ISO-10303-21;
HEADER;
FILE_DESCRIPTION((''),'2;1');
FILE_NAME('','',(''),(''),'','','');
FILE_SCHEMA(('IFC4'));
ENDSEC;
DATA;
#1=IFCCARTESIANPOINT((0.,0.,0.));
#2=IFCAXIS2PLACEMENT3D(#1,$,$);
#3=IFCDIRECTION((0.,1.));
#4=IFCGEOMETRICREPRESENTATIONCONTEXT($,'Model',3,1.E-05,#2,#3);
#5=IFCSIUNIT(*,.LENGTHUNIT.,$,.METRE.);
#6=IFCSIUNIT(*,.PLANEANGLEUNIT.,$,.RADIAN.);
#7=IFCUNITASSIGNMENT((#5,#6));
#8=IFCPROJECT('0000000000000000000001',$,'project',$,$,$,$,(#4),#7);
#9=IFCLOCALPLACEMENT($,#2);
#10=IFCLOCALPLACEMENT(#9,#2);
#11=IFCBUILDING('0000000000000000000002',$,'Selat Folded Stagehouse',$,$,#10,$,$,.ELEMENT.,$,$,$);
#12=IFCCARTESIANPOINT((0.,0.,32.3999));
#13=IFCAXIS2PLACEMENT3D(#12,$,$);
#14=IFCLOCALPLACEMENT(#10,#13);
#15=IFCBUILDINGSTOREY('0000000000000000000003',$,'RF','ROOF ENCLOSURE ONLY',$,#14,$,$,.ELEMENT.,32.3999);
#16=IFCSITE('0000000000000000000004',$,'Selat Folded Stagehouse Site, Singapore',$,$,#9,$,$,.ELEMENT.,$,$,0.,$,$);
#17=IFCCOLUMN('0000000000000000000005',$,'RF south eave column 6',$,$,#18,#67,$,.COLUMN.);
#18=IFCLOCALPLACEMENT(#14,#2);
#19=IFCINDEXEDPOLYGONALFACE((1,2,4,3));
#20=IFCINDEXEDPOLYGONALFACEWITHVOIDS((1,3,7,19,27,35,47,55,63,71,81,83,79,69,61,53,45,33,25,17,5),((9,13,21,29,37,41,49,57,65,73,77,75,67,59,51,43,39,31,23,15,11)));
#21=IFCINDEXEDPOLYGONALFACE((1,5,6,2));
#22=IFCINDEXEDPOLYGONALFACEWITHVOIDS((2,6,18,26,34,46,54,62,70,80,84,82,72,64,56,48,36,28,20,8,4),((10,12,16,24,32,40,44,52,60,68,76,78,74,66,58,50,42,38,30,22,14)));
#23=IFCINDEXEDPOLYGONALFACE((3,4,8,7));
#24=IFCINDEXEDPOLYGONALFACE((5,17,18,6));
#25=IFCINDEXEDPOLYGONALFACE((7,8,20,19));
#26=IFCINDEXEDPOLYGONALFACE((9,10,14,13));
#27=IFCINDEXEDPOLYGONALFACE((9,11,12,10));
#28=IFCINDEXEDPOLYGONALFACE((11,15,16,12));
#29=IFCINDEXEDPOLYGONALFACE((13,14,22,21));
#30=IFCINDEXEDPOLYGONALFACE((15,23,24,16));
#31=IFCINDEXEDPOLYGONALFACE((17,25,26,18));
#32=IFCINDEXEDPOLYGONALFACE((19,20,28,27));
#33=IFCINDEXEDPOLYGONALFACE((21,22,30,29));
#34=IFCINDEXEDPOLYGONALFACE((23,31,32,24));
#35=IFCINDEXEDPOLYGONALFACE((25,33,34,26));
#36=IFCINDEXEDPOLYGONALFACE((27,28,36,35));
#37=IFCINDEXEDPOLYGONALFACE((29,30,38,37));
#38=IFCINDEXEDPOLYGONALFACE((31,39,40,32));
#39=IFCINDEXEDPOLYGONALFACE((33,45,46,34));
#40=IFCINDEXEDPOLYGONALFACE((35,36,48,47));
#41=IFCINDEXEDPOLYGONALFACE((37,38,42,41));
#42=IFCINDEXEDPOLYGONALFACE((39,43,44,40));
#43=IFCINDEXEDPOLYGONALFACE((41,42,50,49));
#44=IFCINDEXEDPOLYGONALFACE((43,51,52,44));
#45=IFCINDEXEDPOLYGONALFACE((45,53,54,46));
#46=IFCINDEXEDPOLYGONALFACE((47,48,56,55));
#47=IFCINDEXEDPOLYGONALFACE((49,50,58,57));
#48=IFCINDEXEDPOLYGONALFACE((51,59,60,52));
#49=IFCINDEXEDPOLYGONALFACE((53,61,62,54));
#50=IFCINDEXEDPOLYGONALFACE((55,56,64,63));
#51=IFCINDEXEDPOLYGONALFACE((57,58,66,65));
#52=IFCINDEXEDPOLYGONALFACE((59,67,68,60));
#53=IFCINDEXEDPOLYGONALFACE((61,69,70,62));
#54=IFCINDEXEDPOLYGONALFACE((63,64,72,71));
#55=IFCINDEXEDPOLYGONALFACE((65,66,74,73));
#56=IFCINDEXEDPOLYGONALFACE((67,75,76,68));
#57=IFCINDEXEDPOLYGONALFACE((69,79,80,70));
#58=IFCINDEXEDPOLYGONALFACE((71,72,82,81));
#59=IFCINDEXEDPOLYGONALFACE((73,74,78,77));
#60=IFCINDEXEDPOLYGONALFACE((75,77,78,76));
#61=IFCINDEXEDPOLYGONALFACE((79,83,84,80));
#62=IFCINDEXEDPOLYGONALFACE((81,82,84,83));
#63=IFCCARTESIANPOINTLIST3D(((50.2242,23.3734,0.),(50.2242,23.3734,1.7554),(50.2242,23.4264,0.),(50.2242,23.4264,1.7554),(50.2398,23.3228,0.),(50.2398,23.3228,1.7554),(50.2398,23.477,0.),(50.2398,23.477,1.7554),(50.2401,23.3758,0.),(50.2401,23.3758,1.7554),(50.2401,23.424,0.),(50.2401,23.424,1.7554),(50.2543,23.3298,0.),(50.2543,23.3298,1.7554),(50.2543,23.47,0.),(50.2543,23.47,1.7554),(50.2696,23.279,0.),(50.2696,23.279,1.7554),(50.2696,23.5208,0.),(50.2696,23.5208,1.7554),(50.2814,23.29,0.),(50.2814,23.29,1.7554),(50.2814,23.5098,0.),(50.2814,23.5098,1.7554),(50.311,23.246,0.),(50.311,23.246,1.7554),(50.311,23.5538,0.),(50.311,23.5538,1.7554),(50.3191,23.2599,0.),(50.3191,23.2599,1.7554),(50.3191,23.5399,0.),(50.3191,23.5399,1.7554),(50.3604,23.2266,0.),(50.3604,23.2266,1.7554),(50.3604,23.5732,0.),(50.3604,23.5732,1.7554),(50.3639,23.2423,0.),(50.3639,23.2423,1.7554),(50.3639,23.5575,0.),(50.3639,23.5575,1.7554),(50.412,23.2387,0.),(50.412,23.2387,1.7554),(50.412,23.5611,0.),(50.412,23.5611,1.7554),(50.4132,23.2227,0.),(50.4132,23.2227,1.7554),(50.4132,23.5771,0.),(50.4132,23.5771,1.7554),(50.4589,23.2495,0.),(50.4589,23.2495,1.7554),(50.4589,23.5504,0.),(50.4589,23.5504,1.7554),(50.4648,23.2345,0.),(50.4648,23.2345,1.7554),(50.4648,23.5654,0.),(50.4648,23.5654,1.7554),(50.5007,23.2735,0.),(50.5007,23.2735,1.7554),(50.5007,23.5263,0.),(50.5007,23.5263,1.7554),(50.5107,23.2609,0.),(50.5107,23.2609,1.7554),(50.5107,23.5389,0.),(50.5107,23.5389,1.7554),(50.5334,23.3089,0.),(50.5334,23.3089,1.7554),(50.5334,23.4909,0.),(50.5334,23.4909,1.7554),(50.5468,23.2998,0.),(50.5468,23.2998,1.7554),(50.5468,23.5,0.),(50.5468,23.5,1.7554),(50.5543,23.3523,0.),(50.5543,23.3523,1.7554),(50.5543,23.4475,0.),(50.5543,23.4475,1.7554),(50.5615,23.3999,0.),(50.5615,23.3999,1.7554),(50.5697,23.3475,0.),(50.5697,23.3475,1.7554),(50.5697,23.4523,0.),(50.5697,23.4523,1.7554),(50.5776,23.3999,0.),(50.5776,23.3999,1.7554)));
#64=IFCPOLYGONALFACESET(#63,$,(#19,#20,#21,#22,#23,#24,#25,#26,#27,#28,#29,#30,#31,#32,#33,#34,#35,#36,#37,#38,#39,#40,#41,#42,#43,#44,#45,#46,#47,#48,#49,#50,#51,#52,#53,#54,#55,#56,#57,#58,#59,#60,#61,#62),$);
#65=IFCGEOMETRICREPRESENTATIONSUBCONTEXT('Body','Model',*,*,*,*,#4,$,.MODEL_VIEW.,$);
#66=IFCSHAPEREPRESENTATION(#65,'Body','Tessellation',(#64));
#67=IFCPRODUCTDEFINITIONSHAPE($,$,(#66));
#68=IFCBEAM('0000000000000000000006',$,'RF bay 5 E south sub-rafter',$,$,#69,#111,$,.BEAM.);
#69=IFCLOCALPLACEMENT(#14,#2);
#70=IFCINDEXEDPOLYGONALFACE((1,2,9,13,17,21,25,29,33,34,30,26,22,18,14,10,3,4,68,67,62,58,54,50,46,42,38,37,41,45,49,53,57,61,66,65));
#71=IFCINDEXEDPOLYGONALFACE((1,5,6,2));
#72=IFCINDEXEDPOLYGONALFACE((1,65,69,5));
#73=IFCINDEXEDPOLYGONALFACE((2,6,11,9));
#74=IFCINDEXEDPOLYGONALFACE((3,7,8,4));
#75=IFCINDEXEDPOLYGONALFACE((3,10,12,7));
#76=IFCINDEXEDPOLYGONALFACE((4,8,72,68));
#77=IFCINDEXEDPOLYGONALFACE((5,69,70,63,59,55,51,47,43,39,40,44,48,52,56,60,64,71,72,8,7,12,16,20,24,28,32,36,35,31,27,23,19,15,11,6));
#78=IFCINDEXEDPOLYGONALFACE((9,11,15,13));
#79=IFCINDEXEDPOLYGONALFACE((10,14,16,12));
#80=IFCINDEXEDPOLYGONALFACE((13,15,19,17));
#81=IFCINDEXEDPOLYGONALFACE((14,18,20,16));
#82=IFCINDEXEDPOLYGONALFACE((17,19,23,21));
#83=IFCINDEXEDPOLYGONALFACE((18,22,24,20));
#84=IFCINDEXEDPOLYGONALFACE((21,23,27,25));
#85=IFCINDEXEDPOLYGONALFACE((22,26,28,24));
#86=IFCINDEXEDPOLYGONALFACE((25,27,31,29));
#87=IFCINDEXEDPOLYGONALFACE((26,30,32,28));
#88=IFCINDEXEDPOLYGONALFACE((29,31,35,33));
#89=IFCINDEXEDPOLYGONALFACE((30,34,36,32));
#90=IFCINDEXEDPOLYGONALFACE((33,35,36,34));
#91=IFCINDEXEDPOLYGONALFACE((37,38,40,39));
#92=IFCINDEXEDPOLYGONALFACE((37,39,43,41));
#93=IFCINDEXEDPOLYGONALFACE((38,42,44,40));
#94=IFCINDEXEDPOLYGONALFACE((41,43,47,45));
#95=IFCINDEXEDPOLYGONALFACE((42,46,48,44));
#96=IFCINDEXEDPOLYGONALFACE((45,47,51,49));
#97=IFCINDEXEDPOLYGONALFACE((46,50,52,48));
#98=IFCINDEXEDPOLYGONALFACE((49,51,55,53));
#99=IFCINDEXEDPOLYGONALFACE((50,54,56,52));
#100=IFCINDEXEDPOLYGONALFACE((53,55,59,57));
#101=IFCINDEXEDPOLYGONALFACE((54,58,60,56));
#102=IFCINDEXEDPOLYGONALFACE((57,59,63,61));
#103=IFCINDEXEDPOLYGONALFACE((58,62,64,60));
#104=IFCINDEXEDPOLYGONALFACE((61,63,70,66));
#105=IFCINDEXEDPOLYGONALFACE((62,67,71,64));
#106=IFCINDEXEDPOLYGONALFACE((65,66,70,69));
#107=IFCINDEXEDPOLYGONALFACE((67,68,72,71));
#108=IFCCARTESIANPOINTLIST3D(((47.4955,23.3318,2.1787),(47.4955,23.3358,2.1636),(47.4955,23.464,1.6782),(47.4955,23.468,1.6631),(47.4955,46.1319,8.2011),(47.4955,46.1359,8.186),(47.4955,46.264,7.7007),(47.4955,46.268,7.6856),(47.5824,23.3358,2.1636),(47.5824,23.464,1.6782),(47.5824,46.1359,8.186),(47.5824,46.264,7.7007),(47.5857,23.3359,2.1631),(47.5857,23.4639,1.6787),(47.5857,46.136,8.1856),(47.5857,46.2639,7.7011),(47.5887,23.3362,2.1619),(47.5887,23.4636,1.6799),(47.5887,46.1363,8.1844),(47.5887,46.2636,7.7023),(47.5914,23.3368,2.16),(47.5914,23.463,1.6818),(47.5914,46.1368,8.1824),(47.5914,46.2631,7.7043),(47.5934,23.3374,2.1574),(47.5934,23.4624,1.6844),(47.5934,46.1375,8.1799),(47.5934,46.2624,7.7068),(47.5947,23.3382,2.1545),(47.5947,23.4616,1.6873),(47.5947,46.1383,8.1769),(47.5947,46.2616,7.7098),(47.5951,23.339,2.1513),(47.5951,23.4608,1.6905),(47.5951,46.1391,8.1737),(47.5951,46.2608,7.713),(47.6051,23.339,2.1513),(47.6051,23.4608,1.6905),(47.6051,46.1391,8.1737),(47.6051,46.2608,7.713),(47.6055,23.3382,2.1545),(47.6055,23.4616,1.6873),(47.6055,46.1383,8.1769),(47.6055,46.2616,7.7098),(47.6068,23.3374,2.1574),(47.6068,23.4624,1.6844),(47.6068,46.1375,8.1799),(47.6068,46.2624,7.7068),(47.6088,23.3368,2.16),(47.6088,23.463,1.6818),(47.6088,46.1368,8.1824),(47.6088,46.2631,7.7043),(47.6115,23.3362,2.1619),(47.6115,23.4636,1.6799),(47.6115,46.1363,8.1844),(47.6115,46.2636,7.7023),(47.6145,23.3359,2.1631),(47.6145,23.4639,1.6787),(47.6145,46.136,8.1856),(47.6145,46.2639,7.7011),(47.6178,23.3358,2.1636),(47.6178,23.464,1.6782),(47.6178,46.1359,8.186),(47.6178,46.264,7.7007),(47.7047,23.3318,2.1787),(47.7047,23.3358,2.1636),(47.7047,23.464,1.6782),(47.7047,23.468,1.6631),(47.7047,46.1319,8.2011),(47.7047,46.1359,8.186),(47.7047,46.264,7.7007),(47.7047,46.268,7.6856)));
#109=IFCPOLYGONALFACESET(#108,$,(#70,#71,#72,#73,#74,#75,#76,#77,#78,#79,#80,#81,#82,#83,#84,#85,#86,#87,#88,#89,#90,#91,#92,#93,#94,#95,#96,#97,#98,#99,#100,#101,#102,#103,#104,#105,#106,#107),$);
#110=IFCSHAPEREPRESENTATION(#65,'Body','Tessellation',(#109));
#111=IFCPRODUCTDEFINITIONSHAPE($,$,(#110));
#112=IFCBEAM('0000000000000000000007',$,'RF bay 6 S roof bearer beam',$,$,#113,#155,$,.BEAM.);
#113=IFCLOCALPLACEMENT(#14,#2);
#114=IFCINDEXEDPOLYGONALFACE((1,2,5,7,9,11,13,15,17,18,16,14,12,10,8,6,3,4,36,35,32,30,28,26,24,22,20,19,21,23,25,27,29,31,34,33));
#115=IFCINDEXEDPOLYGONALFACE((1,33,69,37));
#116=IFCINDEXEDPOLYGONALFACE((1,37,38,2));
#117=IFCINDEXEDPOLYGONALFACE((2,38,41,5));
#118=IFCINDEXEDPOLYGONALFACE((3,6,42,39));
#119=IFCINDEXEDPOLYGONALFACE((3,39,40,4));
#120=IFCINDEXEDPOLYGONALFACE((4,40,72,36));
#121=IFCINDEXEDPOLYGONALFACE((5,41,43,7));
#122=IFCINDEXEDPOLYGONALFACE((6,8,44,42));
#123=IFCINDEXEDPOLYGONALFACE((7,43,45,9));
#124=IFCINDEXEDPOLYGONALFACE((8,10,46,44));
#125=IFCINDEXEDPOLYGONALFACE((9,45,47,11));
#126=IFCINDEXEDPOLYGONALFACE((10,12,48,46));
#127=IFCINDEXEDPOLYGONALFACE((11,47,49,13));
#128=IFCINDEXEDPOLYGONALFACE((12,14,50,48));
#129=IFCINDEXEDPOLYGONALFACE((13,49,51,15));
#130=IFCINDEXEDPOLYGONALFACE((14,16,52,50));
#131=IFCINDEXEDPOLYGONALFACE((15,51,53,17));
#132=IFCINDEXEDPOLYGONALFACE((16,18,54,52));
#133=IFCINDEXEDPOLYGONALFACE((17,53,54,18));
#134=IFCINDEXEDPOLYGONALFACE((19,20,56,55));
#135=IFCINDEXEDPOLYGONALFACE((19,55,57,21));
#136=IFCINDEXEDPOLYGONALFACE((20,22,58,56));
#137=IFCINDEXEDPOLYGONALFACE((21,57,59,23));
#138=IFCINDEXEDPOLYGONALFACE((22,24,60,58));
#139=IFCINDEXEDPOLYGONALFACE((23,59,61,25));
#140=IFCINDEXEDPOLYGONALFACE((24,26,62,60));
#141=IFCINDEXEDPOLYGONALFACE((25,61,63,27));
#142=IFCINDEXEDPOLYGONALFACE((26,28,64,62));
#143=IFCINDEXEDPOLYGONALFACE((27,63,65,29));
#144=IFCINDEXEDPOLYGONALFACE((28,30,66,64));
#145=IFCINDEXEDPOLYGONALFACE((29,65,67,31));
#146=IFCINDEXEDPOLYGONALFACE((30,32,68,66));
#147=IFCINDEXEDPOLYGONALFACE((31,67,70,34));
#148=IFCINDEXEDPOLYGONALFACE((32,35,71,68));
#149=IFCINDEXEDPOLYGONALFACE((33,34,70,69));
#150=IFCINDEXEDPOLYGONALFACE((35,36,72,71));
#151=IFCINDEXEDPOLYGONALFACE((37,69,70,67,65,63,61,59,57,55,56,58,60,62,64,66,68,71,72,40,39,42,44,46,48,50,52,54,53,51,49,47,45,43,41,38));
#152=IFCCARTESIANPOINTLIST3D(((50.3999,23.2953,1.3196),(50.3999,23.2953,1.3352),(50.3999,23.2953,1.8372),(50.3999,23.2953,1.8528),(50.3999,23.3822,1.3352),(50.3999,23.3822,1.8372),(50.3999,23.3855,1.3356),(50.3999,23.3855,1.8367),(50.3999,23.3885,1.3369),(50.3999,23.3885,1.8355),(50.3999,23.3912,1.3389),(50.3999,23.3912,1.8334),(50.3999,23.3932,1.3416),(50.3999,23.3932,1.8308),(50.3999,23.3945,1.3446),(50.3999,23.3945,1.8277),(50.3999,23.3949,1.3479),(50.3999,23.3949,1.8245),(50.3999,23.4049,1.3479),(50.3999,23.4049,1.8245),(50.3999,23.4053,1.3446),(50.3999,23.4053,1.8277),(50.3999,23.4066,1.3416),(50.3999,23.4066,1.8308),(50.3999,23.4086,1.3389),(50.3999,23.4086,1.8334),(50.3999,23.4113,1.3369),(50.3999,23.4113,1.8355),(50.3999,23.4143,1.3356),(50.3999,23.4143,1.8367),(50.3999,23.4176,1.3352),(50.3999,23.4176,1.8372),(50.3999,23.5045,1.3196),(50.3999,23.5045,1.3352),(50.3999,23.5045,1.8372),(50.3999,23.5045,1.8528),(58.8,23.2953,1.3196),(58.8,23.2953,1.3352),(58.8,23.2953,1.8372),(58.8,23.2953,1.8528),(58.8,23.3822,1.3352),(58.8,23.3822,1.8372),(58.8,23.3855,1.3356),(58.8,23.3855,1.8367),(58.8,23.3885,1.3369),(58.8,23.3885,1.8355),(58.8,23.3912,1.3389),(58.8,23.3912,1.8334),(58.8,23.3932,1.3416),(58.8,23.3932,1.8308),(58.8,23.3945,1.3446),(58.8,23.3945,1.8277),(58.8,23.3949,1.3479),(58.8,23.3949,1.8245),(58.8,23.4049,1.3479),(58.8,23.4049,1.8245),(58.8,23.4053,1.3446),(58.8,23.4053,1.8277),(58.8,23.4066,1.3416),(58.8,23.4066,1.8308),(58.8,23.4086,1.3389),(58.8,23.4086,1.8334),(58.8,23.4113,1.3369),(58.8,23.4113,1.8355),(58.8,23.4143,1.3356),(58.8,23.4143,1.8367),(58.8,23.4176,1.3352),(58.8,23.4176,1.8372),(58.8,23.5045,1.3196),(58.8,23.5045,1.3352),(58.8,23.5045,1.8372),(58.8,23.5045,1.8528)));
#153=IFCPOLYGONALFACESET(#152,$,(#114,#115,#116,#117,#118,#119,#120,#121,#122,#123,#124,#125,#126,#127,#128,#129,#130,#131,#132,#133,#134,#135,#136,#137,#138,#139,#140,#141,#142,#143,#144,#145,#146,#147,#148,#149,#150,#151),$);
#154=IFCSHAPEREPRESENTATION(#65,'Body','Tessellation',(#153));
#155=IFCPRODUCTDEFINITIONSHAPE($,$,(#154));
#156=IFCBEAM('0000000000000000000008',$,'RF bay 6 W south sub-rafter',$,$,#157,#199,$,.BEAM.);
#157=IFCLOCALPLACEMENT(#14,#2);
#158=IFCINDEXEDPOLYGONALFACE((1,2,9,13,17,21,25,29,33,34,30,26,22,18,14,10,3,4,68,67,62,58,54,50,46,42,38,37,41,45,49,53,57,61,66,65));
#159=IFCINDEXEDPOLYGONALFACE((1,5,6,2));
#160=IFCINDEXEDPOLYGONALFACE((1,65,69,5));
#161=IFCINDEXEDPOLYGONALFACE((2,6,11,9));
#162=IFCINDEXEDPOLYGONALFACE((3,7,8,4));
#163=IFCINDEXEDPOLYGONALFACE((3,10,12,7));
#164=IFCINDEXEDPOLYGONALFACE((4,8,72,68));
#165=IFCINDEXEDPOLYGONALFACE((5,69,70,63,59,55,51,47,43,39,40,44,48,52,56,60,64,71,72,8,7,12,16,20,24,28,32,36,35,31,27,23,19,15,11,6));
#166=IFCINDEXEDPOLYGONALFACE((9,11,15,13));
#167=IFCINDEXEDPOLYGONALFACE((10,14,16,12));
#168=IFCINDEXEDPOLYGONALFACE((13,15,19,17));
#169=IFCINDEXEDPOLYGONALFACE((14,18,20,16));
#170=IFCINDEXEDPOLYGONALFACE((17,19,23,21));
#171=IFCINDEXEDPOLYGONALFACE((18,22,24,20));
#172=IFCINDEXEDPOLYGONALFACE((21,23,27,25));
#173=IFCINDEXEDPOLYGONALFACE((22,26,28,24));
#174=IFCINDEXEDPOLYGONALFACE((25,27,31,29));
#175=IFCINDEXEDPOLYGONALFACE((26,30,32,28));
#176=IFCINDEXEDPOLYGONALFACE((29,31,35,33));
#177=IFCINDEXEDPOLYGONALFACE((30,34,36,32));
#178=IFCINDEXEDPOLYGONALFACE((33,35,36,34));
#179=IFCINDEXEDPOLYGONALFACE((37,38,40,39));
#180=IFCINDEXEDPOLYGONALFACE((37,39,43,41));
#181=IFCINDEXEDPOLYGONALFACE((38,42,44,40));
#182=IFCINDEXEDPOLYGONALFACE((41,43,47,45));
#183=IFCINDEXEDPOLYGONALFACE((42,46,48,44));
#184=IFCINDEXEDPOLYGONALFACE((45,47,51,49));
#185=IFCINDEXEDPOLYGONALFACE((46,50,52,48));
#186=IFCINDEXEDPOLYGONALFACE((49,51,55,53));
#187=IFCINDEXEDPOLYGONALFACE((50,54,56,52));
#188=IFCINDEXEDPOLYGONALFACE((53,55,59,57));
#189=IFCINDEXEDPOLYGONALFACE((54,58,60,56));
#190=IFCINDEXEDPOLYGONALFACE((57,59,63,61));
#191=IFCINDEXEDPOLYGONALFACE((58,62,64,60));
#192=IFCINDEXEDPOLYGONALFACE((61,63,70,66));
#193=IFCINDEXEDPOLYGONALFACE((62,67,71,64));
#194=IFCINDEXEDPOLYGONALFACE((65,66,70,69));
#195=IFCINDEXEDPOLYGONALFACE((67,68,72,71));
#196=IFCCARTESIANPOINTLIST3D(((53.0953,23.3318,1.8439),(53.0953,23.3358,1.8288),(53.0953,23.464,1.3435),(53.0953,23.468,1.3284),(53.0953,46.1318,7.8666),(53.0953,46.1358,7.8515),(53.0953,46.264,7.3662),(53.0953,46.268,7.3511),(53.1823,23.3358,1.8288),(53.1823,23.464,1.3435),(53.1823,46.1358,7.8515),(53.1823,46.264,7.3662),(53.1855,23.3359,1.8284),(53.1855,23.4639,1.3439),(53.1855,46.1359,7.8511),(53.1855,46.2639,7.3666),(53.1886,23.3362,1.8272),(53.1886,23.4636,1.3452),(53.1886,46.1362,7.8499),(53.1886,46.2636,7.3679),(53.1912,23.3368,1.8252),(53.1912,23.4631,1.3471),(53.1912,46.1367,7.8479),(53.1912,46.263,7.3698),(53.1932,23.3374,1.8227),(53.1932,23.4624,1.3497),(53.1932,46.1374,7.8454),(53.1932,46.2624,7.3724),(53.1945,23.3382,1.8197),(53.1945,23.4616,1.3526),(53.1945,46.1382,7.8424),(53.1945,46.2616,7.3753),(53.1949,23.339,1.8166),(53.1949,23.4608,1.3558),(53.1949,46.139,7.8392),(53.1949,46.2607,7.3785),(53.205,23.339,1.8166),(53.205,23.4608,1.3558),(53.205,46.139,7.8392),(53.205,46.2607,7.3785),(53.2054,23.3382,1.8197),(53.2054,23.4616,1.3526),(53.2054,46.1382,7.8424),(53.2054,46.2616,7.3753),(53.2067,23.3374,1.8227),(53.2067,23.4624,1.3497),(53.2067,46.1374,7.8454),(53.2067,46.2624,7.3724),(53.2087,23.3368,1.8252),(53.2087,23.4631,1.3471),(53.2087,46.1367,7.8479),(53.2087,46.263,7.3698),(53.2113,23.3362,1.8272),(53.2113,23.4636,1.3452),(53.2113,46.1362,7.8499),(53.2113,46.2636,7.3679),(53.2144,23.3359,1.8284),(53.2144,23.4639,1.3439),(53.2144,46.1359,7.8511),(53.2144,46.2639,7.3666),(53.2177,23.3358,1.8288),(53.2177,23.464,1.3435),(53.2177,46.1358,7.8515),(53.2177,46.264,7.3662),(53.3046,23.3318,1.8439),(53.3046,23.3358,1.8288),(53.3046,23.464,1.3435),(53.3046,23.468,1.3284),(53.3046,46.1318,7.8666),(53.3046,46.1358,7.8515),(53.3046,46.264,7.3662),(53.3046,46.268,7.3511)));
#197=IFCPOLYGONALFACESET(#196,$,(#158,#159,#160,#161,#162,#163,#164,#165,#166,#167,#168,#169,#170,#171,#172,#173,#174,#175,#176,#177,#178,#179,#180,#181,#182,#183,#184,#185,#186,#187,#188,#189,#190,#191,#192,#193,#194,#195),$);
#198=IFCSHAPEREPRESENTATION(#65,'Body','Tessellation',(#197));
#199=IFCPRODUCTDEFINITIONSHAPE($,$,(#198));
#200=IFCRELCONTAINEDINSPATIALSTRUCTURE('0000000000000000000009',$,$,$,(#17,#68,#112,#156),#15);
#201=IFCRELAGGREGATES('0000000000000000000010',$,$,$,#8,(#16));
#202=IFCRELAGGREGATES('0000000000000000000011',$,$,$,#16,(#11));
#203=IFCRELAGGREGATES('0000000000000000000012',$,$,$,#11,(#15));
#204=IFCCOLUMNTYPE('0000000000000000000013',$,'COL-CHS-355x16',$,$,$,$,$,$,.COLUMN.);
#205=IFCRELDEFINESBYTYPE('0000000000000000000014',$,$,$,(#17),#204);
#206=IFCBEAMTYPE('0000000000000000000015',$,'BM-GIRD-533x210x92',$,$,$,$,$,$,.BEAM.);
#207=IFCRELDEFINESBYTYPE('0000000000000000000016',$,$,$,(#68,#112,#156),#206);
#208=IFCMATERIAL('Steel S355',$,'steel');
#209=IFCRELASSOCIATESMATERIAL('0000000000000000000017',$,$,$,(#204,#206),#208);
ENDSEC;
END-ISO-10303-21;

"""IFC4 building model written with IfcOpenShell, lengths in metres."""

from ifc_helpers import new_model, si_unit, direction, frame, origin, origin_2d, place, context, subcontext, project, spatial, hollow_circle, i_section, extrude, material, material_profile, profile_set, type_object, element, save


model = new_model("IFC4")

# Units and contexts
model_context = context("Model", 3, precision=1e-05, world=origin(), true_north=direction((0.0, 1.0)))
body_context = subcontext(model_context, "Body", "Model", "MODEL_VIEW")
ifc_project = project(units=[si_unit("LENGTHUNIT", "METRE"), si_unit("PLANEANGLEUNIT", "RADIAN")], contexts=[model_context])

# Site, building, storey
site_placement = place(None, origin())
site = spatial("IfcSite", under=ifc_project, at=site_placement, Name="Selat Folded Stagehouse Site, Singapore", CompositionType="ELEMENT", RefElevation=0.0)
building_placement = place(site_placement, origin())
building = spatial("IfcBuilding", under=site, at=building_placement, Name="Selat Folded Stagehouse", CompositionType="ELEMENT")
storey_placement = place(building_placement, frame((0.0, 0.0, 32.3999)))
storey = spatial("IfcBuildingStorey", under=building, at=storey_placement, Name="RF", Description="ROOF ENCLOSURE ONLY", CompositionType="ELEMENT", Elevation=32.3999)

# Column
ifc_material_1 = material(Name="Steel S355", Category="steel")
ifc_material_profile_1 = material_profile(ifc_material_1, hollow_circle(Radius=0.1777, WallThickness=0.0161, at=origin_2d()), Name="CHS 355.6x16.0")
ifc_profile_set_1 = profile_set([ifc_material_profile_1], Name="Steel S355")
column_type = type_object("IfcColumnType", Name="COL-CHS-355x16", PredefinedType="COLUMN", material=ifc_profile_set_1)
column_placement = place(storey_placement, frame((50.3999, 23.3999, 0.0), z_axis=(0.0, 0.0, 1.0), x_axis=(1.0, 0.0, 0.0)))
element("IfcColumn", 1, at=column_placement, inside=storey, type_object=column_type, Name="RF south eave column 6", PredefinedType="COLUMN", context=body_context, shape_type="SweptSolid", body=[
    extrude(hollow_circle(Radius=0.1777, WallThickness=0.0161, at=origin_2d()), origin(), (0.0, 0.0, 1.0), 1.7554),
])

# Beams
ifc_material_profile_2 = material_profile(ifc_material_1, i_section(OverallWidth=0.2092, OverallDepth=0.5332, WebThickness=0.01, FlangeThickness=0.0156, FilletRadius=0.0127, at=origin_2d()), Name="UKB 533x210x92")
ifc_profile_set_2 = profile_set([ifc_material_profile_2], Name="Steel S355")
beam_type_1 = type_object("IfcBeamType", Name="BM-GIRD-533x210x92", PredefinedType="BEAM", material=ifc_profile_set_2)
beam_1_placement = place(storey_placement, frame((47.6001, 23.3999, 1.9209), z_axis=(0.0, 0.96684, 0.255383), x_axis=(-1.0, 0.0, 0.0)))
element("IfcBeam", 2, at=beam_1_placement, inside=storey, type_object=beam_type_1, Name="RF bay 5 E south sub-rafter", PredefinedType="BEAM", context=body_context, shape_type="SweptSolid", body=[
    extrude(i_section(OverallWidth=0.2092, OverallDepth=0.5332, WebThickness=0.01, FlangeThickness=0.0156, FilletRadius=0.0127, at=origin_2d()), origin(), (0.0, 0.0, 1.0), 23.582),
])
beam_2_placement = place(storey_placement, frame((50.3999, 23.3999, 1.5862), z_axis=(1.0, 0.0, 0.0), x_axis=(0.0, 1.0, 0.0)))
element("IfcBeam", 3, at=beam_2_placement, inside=storey, type_object=beam_type_1, Name="RF bay 6 S roof bearer beam", PredefinedType="BEAM", context=body_context, shape_type="SweptSolid", body=[
    extrude(i_section(OverallWidth=0.2092, OverallDepth=0.5332, WebThickness=0.01, FlangeThickness=0.0156, FilletRadius=0.0127, at=origin_2d()), origin(), (0.0, 0.0, 1.0), 8.4001),
])
beam_3_placement = place(storey_placement, frame((53.2, 23.3999, 1.5862), z_axis=(0.0, 0.966837, 0.255393), x_axis=(-1.0, 0.0, 0.0)))
element("IfcBeam", 4, at=beam_3_placement, inside=storey, type_object=beam_type_1, Name="RF bay 6 W south sub-rafter", PredefinedType="BEAM", context=body_context, shape_type="SweptSolid", body=[
    extrude(i_section(OverallWidth=0.2092, OverallDepth=0.5332, WebThickness=0.01, FlangeThickness=0.0156, FilletRadius=0.0127, at=origin_2d()), origin(), (0.0, 0.0, 1.0), 23.582),
])

save(model, "model.ifc")
